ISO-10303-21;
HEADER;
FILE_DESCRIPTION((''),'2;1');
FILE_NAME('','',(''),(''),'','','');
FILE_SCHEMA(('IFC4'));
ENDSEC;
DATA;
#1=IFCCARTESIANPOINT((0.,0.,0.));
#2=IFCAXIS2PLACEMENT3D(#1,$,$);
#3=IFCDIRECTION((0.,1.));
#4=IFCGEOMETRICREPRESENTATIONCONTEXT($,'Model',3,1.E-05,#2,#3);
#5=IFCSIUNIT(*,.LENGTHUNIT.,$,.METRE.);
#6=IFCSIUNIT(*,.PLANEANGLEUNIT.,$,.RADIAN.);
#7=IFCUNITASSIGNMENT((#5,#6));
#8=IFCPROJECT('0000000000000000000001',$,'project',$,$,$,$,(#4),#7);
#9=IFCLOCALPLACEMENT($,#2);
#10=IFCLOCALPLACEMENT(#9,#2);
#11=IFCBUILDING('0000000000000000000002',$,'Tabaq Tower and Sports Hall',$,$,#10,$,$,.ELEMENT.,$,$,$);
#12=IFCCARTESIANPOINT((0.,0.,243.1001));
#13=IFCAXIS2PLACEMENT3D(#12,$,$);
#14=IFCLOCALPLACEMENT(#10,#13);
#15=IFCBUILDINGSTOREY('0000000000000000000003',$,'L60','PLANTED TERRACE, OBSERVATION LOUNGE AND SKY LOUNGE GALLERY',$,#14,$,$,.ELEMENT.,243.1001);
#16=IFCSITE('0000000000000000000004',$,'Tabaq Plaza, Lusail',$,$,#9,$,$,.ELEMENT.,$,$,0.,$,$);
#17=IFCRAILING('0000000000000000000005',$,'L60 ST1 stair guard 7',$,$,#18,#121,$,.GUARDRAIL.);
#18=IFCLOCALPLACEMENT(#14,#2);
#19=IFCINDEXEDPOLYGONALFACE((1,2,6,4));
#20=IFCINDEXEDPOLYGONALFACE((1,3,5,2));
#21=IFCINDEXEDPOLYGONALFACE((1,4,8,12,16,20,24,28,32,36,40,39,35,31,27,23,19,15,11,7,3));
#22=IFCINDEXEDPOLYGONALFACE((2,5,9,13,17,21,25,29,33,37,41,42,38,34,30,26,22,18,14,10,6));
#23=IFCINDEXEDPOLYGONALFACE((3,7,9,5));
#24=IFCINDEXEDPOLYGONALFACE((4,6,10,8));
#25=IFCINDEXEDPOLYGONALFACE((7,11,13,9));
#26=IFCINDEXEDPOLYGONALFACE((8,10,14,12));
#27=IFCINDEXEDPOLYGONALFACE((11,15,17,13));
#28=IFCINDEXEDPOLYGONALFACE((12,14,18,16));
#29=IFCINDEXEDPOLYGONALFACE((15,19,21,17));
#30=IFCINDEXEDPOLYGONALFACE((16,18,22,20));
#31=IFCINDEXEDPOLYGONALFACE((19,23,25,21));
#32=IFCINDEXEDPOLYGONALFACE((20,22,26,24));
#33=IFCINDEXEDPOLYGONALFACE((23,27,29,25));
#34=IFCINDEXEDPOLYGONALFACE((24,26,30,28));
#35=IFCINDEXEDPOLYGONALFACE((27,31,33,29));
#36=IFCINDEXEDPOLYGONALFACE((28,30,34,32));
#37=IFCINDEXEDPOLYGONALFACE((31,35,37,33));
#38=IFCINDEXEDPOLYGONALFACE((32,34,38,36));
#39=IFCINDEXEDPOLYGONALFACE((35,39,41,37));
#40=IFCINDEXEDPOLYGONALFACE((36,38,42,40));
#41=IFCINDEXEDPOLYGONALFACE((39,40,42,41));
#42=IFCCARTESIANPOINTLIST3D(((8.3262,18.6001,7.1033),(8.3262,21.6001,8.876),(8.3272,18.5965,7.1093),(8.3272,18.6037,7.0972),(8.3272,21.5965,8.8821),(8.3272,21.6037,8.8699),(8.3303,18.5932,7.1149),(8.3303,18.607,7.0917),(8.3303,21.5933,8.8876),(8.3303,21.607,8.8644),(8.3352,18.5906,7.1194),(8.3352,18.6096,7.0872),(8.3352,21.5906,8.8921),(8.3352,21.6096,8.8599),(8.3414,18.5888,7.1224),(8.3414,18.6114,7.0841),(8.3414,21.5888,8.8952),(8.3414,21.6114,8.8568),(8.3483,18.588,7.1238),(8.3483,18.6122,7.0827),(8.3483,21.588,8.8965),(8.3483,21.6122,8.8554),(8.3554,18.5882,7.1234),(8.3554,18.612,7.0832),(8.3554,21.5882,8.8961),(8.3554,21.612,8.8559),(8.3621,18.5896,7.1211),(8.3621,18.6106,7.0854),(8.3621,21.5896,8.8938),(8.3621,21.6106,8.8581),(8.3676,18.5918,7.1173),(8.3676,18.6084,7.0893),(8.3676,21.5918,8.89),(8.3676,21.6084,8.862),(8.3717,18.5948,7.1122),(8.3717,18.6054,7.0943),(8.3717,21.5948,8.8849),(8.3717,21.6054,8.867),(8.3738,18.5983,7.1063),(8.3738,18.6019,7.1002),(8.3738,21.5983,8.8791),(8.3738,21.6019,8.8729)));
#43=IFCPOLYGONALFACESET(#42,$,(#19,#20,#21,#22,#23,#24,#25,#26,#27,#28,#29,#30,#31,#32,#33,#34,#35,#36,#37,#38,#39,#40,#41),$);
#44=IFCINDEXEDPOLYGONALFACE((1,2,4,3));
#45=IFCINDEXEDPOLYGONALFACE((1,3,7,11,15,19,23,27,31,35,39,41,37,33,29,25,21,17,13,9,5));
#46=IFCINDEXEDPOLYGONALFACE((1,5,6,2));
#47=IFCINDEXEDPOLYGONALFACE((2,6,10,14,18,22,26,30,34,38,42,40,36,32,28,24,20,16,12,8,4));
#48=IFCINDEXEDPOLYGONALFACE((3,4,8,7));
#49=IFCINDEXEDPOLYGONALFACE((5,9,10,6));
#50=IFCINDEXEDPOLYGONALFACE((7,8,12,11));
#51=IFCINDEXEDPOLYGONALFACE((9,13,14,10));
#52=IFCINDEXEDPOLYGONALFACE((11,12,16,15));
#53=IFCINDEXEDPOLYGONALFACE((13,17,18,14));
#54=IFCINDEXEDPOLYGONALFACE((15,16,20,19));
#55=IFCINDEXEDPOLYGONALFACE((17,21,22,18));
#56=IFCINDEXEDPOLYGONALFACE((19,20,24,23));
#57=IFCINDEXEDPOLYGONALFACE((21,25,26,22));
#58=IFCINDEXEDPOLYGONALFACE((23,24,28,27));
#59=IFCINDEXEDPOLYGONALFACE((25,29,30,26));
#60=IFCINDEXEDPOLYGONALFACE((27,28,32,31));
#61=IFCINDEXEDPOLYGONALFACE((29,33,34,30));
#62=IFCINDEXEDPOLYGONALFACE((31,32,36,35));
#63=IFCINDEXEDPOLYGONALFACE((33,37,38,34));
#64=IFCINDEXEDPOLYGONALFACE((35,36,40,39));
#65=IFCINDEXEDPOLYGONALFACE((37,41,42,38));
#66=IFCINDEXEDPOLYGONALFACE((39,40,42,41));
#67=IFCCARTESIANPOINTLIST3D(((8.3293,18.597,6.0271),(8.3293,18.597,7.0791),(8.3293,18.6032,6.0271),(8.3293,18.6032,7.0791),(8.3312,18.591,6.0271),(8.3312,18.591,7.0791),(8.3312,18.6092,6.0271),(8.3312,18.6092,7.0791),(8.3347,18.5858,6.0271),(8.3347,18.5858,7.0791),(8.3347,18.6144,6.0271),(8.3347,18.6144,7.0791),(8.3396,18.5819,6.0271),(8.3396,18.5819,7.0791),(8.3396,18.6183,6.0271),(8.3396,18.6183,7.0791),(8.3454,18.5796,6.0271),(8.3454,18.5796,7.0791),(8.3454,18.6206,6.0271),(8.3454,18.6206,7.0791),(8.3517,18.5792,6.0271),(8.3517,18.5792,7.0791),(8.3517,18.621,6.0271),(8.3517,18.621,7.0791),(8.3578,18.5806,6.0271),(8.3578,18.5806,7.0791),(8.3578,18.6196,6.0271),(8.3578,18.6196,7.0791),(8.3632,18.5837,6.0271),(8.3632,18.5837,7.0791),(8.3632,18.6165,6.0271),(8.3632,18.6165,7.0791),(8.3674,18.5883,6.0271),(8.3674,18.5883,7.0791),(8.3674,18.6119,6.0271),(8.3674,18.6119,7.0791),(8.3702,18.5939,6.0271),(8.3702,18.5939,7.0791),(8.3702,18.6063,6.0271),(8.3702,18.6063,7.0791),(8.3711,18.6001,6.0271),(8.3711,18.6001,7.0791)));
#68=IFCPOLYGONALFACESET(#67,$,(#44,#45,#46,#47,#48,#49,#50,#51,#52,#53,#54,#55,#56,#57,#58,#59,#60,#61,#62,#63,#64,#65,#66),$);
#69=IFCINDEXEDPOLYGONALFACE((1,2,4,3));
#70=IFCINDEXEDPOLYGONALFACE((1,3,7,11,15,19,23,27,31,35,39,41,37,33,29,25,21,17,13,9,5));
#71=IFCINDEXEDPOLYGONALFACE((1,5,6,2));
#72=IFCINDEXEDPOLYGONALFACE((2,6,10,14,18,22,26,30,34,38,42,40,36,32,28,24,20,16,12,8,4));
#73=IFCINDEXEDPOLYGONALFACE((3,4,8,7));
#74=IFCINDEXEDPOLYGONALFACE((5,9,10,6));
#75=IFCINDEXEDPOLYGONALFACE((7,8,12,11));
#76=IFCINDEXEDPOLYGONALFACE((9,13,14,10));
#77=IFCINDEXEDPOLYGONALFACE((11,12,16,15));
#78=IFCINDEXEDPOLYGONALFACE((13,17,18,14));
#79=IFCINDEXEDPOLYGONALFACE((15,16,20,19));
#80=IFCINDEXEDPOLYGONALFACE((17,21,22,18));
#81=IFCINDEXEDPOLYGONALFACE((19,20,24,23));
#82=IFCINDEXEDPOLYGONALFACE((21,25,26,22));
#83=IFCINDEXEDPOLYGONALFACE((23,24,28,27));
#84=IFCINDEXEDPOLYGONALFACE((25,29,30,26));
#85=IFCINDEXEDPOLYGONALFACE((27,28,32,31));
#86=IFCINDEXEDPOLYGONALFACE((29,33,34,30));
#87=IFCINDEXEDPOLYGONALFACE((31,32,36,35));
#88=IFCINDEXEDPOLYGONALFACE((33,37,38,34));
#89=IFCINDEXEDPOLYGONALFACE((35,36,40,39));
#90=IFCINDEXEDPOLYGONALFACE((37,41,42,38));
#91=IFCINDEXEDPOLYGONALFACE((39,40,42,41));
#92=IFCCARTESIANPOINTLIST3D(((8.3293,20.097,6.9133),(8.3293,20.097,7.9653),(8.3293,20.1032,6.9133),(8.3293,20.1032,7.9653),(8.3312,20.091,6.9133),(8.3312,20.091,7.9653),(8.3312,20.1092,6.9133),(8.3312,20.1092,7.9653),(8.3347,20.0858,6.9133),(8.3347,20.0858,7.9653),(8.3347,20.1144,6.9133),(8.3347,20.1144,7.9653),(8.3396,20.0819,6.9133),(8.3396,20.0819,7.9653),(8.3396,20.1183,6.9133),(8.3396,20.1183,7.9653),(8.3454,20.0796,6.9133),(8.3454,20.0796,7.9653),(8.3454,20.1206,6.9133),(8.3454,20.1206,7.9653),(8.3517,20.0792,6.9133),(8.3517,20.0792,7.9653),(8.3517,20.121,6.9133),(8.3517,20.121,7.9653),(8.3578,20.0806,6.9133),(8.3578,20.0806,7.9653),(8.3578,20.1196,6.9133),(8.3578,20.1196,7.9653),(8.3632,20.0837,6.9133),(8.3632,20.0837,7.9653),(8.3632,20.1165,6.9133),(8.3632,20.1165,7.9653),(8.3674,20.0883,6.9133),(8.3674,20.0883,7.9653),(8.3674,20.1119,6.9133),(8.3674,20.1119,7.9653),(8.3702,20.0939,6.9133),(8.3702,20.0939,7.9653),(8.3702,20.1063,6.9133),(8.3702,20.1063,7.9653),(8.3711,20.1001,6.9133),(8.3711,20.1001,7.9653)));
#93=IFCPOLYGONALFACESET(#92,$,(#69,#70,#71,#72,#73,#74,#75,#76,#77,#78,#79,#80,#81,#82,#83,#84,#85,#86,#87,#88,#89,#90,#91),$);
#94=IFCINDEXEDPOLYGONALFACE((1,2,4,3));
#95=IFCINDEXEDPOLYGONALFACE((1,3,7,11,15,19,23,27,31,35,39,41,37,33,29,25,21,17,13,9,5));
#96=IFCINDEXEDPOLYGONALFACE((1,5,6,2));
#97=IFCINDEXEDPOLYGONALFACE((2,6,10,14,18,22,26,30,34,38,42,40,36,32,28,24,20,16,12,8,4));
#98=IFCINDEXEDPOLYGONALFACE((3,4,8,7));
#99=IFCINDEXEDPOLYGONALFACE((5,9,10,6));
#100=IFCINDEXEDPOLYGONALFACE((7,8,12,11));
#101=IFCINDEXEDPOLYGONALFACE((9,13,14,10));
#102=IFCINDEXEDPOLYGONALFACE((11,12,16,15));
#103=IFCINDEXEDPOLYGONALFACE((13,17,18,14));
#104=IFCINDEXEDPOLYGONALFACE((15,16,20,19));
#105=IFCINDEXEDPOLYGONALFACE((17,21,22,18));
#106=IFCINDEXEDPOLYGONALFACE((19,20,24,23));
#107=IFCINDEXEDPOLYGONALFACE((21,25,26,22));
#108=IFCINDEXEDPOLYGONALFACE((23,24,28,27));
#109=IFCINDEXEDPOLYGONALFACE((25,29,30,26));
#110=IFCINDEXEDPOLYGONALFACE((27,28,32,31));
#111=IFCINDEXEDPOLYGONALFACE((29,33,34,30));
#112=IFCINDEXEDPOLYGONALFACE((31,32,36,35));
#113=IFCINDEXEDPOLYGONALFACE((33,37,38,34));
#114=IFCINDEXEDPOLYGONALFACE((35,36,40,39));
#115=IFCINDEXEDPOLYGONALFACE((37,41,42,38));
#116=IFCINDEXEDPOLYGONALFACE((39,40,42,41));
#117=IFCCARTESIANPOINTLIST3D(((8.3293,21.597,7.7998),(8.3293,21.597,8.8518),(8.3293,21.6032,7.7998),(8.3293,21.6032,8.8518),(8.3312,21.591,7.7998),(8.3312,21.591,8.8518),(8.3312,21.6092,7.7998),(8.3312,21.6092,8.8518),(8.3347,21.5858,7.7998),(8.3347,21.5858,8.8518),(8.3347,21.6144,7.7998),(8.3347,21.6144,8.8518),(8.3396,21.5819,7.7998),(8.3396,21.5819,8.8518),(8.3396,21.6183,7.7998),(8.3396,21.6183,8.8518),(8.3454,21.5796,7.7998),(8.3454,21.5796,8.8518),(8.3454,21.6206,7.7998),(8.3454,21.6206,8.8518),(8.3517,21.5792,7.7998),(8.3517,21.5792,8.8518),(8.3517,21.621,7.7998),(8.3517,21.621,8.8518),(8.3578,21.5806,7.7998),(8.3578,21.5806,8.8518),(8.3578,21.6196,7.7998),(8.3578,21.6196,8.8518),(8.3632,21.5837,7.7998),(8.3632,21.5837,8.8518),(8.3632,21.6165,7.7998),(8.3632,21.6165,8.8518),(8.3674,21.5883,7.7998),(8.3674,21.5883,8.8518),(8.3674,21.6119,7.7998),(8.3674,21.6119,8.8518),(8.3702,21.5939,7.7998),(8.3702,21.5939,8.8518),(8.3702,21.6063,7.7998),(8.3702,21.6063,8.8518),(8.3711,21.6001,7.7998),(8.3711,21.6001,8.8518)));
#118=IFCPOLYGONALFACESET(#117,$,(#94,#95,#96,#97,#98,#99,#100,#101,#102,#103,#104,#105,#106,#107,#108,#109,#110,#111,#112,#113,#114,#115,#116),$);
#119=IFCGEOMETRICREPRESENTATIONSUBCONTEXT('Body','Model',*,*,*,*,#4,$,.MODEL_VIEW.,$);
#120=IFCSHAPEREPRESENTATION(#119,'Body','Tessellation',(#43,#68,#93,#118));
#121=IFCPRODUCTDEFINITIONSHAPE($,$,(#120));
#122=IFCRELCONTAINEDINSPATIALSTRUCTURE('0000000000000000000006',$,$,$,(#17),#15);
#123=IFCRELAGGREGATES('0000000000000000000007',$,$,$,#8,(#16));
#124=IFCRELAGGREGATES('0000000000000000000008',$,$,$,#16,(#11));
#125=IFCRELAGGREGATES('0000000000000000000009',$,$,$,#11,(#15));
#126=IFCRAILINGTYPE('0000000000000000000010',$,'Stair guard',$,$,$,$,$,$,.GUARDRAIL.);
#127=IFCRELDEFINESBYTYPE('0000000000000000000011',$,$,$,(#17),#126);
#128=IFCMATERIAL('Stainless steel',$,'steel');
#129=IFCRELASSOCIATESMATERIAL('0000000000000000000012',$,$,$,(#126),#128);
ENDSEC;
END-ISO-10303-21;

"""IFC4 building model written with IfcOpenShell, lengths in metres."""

from ifc_helpers import new_model, si_unit, direction, frame, origin, origin_2d, place, context, subcontext, project, spatial, circle, extrude, material, type_object, element, save


model = new_model("IFC4")

# Units and contexts
model_context = context("Model", 3, precision=1e-05, world=origin(), true_north=direction((0.0, 1.0)))
body_context = subcontext(model_context, "Body", "Model", "MODEL_VIEW")
ifc_project = project(units=[si_unit("LENGTHUNIT", "METRE"), si_unit("PLANEANGLEUNIT", "RADIAN")], contexts=[model_context])

# Site, building, storey
site_placement = place(None, origin())
site = spatial("IfcSite", under=ifc_project, at=site_placement, Name="Tabaq Plaza, Lusail", CompositionType="ELEMENT", RefElevation=0.0)
building_placement = place(site_placement, origin())
building = spatial("IfcBuilding", under=site, at=building_placement, Name="Tabaq Tower and Sports Hall", CompositionType="ELEMENT")
storey_placement = place(building_placement, frame((0.0, 0.0, 243.1001)))
storey = spatial("IfcBuildingStorey", under=building, at=storey_placement, Name="L60", Description="PLANTED TERRACE, OBSERVATION LOUNGE AND SKY LOUNGE GALLERY", CompositionType="ELEMENT", Elevation=243.1001)

# Railing
ifc_material_1 = material(Name="Stainless steel", Category="steel")
railing_type_1 = type_object("IfcRailingType", Name="Stair guard", PredefinedType="GUARDRAIL", material=ifc_material_1)
railing_1_placement = place(storey_placement, frame((8.3501, 18.6001, 6.0271)))
element("IfcRailing", 1, at=railing_1_placement, inside=storey, type_object=railing_type_1, Name="L60 ST1 stair guard 7", PredefinedType="GUARDRAIL", context=body_context, shape_type="SweptSolid", body=[
    extrude(circle(Radius=0.0239, at=origin_2d()), frame((0.0, 0.0, 1.0762), z_axis=(0.0, 0.860929, 0.508725), x_axis=(-1.0, 0.0, 0.0)), (0.0, 0.0, 1.0), 3.4846),
    extrude(circle(Radius=0.021, at=origin_2d()), origin(), (0.0, 0.0, 1.0), 1.052),
    extrude(circle(Radius=0.021, at=origin_2d()), frame((0.0, 1.5, 0.8862)), (0.0, 0.0, 1.0), 1.052),
    extrude(circle(Radius=0.021, at=origin_2d()), frame((0.0, 3.0, 1.7727)), (0.0, 0.0, 1.0), 1.052),
])

save(model, "model.ifc")
